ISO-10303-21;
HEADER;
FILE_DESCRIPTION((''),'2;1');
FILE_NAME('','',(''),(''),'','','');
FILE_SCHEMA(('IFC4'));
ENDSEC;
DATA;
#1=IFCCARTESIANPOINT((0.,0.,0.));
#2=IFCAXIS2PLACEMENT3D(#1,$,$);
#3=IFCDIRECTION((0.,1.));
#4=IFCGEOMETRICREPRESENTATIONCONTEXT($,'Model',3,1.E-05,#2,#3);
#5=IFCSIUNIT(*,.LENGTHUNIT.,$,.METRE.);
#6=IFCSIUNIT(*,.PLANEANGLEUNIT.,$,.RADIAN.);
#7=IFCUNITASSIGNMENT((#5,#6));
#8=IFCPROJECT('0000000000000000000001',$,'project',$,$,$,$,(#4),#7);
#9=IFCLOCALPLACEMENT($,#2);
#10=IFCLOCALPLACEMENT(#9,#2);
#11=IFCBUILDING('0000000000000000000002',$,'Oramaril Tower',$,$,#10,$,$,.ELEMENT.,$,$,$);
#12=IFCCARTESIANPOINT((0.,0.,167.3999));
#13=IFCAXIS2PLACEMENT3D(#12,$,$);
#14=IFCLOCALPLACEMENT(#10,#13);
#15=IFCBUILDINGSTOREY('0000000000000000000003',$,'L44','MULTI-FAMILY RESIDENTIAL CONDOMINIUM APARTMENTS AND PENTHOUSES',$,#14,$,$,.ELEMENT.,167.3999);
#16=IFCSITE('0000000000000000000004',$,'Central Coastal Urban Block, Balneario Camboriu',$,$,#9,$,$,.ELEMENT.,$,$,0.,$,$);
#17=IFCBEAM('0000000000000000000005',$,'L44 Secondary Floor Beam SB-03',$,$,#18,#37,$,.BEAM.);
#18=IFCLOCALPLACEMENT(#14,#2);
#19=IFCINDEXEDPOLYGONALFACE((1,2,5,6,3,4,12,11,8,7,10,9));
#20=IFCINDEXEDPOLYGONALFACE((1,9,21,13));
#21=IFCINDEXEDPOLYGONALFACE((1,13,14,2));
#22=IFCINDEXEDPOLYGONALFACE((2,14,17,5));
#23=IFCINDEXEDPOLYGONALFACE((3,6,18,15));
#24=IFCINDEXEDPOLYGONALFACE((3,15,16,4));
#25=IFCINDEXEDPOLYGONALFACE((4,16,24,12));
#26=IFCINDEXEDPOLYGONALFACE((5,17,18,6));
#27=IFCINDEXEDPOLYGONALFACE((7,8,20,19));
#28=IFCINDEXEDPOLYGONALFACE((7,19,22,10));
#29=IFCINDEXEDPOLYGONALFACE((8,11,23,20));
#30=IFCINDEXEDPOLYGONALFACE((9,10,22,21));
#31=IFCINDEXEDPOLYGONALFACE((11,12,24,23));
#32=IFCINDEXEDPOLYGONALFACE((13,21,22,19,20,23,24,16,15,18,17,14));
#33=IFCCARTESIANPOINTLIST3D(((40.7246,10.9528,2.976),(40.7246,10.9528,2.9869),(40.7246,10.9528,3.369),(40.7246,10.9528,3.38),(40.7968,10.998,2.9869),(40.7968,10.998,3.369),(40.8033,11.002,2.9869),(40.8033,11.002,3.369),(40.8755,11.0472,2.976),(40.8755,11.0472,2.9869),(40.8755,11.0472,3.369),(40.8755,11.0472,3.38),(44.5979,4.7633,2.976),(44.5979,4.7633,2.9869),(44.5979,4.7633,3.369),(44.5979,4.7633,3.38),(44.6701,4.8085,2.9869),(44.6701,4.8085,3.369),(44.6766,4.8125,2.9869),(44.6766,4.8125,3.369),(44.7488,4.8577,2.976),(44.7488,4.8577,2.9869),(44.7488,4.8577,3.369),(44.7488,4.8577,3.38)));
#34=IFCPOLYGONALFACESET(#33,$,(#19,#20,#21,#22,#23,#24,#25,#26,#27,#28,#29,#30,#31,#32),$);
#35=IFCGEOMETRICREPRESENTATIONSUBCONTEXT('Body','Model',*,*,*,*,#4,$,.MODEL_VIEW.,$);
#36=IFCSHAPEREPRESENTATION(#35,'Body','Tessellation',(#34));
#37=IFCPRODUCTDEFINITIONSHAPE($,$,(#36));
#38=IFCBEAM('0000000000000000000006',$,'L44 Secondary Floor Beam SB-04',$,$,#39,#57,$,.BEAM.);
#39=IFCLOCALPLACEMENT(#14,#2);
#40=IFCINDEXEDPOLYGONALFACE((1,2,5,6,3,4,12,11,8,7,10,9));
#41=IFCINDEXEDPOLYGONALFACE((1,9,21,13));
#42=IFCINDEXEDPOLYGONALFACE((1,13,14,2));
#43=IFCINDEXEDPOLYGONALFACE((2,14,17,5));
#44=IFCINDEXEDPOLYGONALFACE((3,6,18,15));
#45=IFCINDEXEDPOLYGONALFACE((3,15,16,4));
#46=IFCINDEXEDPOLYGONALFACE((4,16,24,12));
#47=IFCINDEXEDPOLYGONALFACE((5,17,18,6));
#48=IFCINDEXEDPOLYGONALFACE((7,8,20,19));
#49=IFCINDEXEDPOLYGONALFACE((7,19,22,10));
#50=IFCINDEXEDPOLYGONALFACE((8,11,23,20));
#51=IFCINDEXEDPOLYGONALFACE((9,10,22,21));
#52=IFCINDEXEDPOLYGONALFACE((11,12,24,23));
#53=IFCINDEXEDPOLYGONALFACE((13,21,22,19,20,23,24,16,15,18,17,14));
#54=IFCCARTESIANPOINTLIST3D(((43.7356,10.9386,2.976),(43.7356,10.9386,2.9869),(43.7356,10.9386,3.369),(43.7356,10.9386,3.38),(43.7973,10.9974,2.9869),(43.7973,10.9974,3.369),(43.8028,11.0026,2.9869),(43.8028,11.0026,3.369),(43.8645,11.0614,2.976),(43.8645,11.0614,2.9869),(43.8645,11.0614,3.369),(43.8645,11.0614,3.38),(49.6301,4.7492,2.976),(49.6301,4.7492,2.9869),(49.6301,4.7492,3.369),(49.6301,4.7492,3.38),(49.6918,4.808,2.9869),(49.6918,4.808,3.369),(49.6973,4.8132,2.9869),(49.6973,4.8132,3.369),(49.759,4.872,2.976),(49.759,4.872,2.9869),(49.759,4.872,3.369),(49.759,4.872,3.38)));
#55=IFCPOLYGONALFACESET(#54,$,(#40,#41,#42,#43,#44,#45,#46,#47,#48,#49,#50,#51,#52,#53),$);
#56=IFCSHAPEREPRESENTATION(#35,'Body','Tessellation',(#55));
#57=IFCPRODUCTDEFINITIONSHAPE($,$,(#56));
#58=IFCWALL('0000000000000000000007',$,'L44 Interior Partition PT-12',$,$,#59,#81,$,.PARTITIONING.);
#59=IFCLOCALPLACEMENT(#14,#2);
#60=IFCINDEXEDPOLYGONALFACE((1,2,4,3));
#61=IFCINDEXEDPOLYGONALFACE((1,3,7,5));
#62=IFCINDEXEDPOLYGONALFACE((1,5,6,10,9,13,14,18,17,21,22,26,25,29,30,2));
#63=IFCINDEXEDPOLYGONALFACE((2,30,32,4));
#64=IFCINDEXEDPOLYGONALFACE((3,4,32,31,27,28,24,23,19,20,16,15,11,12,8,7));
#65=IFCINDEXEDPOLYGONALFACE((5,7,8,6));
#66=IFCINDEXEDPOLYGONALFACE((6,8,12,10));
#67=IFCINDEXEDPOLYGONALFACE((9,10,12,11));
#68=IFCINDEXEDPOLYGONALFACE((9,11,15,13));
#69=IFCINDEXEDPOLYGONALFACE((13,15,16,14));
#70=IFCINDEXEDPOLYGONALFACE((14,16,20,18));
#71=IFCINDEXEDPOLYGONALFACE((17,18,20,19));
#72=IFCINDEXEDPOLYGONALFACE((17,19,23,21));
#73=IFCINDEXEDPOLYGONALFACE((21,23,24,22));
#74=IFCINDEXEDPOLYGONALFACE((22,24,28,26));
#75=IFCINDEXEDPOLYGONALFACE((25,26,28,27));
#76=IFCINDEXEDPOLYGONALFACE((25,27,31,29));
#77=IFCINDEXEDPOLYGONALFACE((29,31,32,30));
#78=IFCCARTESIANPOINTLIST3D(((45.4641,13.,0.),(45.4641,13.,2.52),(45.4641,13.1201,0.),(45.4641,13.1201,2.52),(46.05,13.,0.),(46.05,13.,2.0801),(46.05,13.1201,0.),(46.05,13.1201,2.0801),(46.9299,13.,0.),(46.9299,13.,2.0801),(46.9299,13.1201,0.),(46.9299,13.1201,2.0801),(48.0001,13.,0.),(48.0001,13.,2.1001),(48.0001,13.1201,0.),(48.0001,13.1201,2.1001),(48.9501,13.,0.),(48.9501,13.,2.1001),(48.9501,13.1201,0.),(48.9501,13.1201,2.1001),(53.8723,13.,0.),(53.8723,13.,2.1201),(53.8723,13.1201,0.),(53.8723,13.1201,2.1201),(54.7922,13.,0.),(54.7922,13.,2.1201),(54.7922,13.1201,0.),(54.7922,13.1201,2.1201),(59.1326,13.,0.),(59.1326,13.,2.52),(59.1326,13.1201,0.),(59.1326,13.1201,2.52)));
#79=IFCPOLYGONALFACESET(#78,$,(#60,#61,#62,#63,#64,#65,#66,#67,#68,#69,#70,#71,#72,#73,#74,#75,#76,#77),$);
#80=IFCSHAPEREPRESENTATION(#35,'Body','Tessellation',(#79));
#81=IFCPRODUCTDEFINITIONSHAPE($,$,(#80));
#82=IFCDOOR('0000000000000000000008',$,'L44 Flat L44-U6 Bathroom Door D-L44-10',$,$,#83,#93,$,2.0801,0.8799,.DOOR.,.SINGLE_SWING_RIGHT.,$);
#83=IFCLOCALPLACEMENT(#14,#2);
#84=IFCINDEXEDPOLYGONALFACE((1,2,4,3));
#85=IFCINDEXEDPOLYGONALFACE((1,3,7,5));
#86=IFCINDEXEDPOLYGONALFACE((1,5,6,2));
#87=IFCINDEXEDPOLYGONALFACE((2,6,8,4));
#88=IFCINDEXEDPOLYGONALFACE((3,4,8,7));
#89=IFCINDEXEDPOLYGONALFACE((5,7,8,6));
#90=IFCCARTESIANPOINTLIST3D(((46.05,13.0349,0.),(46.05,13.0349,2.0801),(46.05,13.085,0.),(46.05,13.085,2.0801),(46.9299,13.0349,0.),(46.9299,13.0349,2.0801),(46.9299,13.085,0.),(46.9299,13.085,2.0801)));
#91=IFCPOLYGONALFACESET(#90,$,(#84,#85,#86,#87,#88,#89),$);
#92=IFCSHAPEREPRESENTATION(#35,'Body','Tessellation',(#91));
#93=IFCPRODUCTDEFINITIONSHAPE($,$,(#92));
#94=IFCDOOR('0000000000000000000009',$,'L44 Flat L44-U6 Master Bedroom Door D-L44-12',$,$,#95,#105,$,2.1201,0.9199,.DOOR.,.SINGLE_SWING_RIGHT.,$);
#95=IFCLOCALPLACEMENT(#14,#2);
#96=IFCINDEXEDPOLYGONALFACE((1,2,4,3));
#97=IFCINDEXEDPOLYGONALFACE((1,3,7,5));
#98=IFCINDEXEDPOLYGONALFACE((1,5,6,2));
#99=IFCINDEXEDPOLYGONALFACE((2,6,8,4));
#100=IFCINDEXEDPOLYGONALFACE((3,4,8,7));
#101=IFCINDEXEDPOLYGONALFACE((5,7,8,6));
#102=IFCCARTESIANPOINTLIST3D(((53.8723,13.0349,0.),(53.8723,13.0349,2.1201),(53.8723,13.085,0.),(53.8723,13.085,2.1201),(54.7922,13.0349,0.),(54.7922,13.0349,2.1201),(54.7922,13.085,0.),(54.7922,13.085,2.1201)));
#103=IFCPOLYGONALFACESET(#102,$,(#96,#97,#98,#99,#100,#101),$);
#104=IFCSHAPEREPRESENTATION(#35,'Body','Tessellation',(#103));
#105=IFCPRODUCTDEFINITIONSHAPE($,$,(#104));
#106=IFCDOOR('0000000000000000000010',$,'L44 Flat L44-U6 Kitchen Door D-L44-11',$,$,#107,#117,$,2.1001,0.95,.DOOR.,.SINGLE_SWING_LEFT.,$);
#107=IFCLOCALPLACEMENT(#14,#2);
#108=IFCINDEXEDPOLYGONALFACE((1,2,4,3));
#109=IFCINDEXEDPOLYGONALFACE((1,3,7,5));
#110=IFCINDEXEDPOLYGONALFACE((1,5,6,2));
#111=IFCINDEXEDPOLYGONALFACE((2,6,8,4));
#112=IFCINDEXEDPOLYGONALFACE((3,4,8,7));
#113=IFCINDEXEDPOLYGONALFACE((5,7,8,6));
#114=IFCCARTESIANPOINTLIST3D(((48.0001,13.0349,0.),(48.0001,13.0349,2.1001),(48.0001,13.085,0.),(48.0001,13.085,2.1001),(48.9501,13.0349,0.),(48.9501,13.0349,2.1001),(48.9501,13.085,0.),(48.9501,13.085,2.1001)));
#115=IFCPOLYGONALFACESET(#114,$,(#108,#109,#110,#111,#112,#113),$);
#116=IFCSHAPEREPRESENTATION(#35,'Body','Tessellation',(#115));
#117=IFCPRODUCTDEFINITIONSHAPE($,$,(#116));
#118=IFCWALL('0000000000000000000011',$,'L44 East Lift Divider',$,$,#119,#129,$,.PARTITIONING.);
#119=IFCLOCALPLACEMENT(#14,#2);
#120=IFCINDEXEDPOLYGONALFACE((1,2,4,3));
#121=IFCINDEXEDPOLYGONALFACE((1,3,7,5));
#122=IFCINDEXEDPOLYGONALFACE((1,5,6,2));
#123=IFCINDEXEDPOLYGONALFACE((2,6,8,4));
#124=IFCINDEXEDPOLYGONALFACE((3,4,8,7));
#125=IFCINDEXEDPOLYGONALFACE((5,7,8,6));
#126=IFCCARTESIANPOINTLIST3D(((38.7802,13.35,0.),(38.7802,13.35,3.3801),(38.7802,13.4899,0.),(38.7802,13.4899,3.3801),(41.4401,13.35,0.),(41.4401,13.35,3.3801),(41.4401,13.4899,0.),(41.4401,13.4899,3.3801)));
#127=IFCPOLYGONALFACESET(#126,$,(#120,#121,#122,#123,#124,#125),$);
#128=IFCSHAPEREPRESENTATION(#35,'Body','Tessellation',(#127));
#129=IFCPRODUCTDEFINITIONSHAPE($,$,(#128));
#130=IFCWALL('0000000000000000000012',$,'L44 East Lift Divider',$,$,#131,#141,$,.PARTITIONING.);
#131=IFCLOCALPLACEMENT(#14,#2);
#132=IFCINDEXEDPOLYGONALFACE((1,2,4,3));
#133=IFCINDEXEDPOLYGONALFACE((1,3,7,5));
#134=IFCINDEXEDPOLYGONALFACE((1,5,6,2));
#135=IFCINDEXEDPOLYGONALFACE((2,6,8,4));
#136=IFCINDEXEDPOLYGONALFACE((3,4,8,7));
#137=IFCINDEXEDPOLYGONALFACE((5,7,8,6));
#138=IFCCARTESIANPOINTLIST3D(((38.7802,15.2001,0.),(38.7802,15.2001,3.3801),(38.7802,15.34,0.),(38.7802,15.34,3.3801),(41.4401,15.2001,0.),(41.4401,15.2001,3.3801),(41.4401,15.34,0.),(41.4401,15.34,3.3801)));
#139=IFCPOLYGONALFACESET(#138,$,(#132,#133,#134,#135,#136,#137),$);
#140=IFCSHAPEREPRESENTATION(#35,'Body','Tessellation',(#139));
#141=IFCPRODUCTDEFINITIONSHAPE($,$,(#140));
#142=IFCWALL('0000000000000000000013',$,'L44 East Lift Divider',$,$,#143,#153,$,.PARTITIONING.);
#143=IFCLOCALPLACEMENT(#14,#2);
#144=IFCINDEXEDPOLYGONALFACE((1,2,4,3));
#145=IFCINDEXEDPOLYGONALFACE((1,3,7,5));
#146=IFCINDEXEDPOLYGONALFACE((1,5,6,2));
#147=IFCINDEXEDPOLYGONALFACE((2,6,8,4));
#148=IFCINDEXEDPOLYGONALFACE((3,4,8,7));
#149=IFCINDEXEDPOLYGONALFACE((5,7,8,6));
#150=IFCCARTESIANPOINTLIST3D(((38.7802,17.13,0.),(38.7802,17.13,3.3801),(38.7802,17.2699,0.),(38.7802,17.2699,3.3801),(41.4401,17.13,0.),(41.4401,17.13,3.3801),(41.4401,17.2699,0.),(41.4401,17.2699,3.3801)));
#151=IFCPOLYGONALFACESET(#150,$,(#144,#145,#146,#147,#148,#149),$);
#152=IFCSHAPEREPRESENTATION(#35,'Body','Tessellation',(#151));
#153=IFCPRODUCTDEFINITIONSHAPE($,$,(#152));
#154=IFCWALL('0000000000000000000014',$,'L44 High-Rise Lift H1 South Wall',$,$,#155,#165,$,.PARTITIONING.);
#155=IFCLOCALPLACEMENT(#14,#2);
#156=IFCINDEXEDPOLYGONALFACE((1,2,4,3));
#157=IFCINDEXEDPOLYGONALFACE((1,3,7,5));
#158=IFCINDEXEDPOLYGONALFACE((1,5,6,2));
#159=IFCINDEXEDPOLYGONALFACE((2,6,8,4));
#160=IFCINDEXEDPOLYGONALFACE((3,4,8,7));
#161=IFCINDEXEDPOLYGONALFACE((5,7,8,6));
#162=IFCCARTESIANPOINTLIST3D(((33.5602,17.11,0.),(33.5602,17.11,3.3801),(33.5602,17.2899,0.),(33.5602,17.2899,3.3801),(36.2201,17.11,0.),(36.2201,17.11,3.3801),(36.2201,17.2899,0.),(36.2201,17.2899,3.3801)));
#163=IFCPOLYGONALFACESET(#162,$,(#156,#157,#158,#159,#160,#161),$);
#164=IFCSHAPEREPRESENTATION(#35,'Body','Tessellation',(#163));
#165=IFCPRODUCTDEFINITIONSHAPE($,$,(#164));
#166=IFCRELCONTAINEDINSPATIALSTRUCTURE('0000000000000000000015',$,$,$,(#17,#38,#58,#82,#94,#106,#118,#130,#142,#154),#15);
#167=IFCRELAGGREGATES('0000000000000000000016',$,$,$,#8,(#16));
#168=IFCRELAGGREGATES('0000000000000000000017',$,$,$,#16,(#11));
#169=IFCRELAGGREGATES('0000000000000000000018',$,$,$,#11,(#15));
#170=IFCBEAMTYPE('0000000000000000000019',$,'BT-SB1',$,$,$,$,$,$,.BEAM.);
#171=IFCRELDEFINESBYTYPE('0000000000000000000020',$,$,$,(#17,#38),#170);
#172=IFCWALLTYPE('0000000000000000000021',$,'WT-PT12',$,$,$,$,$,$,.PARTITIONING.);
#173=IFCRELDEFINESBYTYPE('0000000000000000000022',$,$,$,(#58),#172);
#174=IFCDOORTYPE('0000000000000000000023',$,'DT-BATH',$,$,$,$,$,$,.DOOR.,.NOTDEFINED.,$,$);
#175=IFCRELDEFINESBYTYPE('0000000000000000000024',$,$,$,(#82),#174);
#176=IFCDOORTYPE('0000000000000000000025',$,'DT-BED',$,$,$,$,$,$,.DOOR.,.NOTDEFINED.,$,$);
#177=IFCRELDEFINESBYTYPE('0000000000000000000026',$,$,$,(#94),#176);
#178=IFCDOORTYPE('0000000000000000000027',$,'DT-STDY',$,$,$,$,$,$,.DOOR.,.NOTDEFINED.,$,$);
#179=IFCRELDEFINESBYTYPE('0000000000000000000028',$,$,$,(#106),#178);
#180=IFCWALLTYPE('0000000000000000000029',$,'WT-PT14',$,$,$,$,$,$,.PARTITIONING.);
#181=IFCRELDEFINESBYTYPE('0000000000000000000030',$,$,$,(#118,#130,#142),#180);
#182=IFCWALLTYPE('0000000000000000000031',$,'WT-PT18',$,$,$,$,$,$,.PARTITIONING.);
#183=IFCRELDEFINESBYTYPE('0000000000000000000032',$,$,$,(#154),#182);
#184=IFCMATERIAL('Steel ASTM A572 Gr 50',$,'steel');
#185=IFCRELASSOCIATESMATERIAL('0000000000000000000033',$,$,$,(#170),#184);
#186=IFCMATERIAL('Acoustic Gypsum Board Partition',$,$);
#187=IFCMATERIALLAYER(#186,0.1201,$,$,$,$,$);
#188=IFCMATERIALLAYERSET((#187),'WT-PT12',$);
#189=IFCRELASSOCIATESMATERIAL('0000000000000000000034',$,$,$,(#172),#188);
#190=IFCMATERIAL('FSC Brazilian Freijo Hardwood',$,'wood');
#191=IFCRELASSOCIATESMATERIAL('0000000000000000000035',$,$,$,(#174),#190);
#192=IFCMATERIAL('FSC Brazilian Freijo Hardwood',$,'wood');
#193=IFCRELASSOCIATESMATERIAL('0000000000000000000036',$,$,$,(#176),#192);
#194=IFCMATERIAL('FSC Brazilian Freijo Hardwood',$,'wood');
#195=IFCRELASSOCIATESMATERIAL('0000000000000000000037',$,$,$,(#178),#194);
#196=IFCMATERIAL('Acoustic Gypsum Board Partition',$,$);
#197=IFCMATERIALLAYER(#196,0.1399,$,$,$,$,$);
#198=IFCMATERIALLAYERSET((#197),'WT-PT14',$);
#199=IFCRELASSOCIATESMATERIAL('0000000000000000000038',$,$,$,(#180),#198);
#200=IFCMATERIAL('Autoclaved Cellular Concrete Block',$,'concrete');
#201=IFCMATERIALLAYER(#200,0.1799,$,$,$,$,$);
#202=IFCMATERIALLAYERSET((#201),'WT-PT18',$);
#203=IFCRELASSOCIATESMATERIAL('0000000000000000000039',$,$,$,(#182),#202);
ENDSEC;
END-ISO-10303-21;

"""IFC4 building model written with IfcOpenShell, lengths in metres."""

from ifc_helpers import new_model, si_unit, direction, frame, frame_2d, origin, origin_2d, place, context, subcontext, project, spatial, rectangle, i_section, extrude, material, layer, layer_set, material_profile, profile_set, type_object, element, fill, save


model = new_model("IFC4")

# Units and contexts
model_context = context("Model", 3, precision=1e-05, world=origin(), true_north=direction((0.0, 1.0)))
body_context = subcontext(model_context, "Body", "Model", "MODEL_VIEW")
ifc_project = project(units=[si_unit("LENGTHUNIT", "METRE"), si_unit("PLANEANGLEUNIT", "RADIAN")], contexts=[model_context])

# Site, building, storey
site_placement = place(None, origin())
site = spatial("IfcSite", under=ifc_project, at=site_placement, Name="Central Coastal Urban Block, Balneario Camboriu", CompositionType="ELEMENT", RefElevation=0.0)
building_placement = place(site_placement, origin())
building = spatial("IfcBuilding", under=site, at=building_placement, Name="Oramaril Tower", CompositionType="ELEMENT")
storey_placement = place(building_placement, frame((0.0, 0.0, 167.3999)))
storey = spatial("IfcBuildingStorey", under=building, at=storey_placement, Name="L44", Description="MULTI-FAMILY RESIDENTIAL CONDOMINIUM APARTMENTS AND PENTHOUSES", CompositionType="ELEMENT", Elevation=167.3999)

# Beams
ifc_material_1 = material(Name="Steel ASTM A572 Gr 50", Category="steel")
ifc_material_profile = material_profile(ifc_material_1, i_section(OverallWidth=0.178, OverallDepth=0.4041, WebThickness=0.0076, FlangeThickness=0.011, at=origin_2d()), Name="W16X36")
ifc_profile_set = profile_set([ifc_material_profile], Name="Steel ASTM A572 Gr 50")
beam_type = type_object("IfcBeamType", Name="BT-SB1", PredefinedType="BEAM", material=ifc_profile_set)
beam_1_placement = place(storey_placement, frame((40.8, 11.0, 3.178), z_axis=(0.53048, -0.847698, 0.0), x_axis=(0.847698, 0.53048, 0.0)))
element("IfcBeam", 1, at=beam_1_placement, inside=storey, type_object=beam_type, Name="L44 Secondary Floor Beam SB-03", PredefinedType="BEAM", context=body_context, shape_type="SweptSolid", body=[
    extrude(i_section(OverallWidth=0.178, OverallDepth=0.4041, WebThickness=0.0076, FlangeThickness=0.011, at=origin_2d()), origin(), (0.0, 0.0, 1.0), 7.3015),
])
beam_2_placement = place(storey_placement, frame((43.8, 11.0, 3.178), z_axis=(0.689644, -0.724149, 0.0), x_axis=(0.724149, 0.689644, 0.0)))
element("IfcBeam", 2, at=beam_2_placement, inside=storey, type_object=beam_type, Name="L44 Secondary Floor Beam SB-04", PredefinedType="BEAM", context=body_context, shape_type="SweptSolid", body=[
    extrude(i_section(OverallWidth=0.178, OverallDepth=0.4041, WebThickness=0.0076, FlangeThickness=0.011, at=origin_2d()), origin(), (0.0, 0.0, 1.0), 8.5471),
])

# Wall, openings, doors
ifc_material_2 = material(Name="Acoustic Gypsum Board Partition")
ifc_layer_1 = layer(ifc_material_2, 0.1201)
ifc_layer_set_1 = layer_set([ifc_layer_1], Name="WT-PT12")
wall_type_1 = type_object("IfcWallType", Name="WT-PT12", PredefinedType="PARTITIONING", material=ifc_layer_set_1)
wall_1_placement = place(storey_placement, frame((45.4641, 13.0601, 0.0), z_axis=(0.0, 0.0, 1.0), x_axis=(1.0, 0.0, 0.0)))
wall_1 = element("IfcWall", 3, at=wall_1_placement, inside=storey, type_object=wall_type_1, Name="L44 Interior Partition PT-12", PredefinedType="PARTITIONING", context=body_context, shape_type="SweptSolid", body=[
    extrude(rectangle(XDim=13.6685, YDim=0.1201, at=frame_2d((6.8342, 0.0))), origin(), (0.0, 0.0, 1.0), 2.52),
])
opening_1_placement = place(wall_1_placement, frame((0.5859, 0.0, 0.0)))
opening_1 = element("IfcOpeningElement", 4, at=opening_1_placement, cuts=wall_1, PredefinedType="OPENING", context=body_context, shape_type="SweptSolid", body=[
    extrude(rectangle(XDim=0.8799, YDim=2.0801, at=frame_2d((0.4399, 1.04))), frame((0.0, 0.0601, 0.0), z_axis=(0.0, -1.0, 0.0), x_axis=(1.0, 0.0, 0.0)), (0.0, 0.0, 1.0), 0.1201),
])
opening_2_placement = place(wall_1_placement, frame((2.5359, 0.0, 0.0)))
opening_2 = element("IfcOpeningElement", 5, at=opening_2_placement, cuts=wall_1, PredefinedType="OPENING", context=body_context, shape_type="SweptSolid", body=[
    extrude(rectangle(XDim=0.95, YDim=2.1001, at=frame_2d((0.4751, 1.05))), frame((0.0, 0.0601, 0.0), z_axis=(0.0, -1.0, 0.0), x_axis=(1.0, 0.0, 0.0)), (0.0, 0.0, 1.0), 0.1201),
])
opening_3_placement = place(wall_1_placement, frame((8.4082, 0.0, 0.0)))
opening_3 = element("IfcOpeningElement", 6, at=opening_3_placement, cuts=wall_1, PredefinedType="OPENING", context=body_context, shape_type="SweptSolid", body=[
    extrude(rectangle(XDim=0.9199, YDim=2.1201, at=frame_2d((0.46, 1.0601))), frame((0.0, 0.0601, 0.0), z_axis=(0.0, -1.0, 0.0), x_axis=(1.0, 0.0, 0.0)), (0.0, 0.0, 1.0), 0.1201),
])
ifc_material_3 = material(Name="FSC Brazilian Freijo Hardwood", Category="wood")
door_type_1 = type_object("IfcDoorType", Name="DT-BATH", OperationType="NOTDEFINED", PredefinedType="DOOR", material=ifc_material_3)
door_1_placement = place(opening_1_placement, origin())
door_1 = element("IfcDoor", 7, at=door_1_placement, inside=storey, type_object=door_type_1, Name="L44 Flat L44-U6 Bathroom Door D-L44-10", OperationType="SINGLE_SWING_RIGHT", OverallHeight=2.0801, OverallWidth=0.8799, PredefinedType="DOOR", context=body_context, shape_type="SweptSolid", body=[
    extrude(rectangle(XDim=0.8799, YDim=2.0801, at=frame_2d((0.4399, 1.04))), frame((0.0, 0.0249, 0.0), z_axis=(0.0, -1.0, 0.0), x_axis=(1.0, 0.0, 0.0)), (0.0, 0.0, 1.0), 0.05),
])
fill(opening_1, door_1)
ifc_material_4 = material(Name="FSC Brazilian Freijo Hardwood", Category="wood")
door_type_2 = type_object("IfcDoorType", Name="DT-BED", OperationType="NOTDEFINED", PredefinedType="DOOR", material=ifc_material_4)
door_2_placement = place(opening_3_placement, origin())
door_2 = element("IfcDoor", 8, at=door_2_placement, inside=storey, type_object=door_type_2, Name="L44 Flat L44-U6 Master Bedroom Door D-L44-12", OperationType="SINGLE_SWING_RIGHT", OverallHeight=2.1201, OverallWidth=0.9199, PredefinedType="DOOR", context=body_context, shape_type="SweptSolid", body=[
    extrude(rectangle(XDim=0.9199, YDim=2.1201, at=frame_2d((0.46, 1.0601))), frame((0.0, 0.0249, 0.0), z_axis=(0.0, -1.0, 0.0), x_axis=(1.0, 0.0, 0.0)), (0.0, 0.0, 1.0), 0.05),
])
fill(opening_3, door_2)
ifc_material_5 = material(Name="FSC Brazilian Freijo Hardwood", Category="wood")
door_type_3 = type_object("IfcDoorType", Name="DT-STDY", OperationType="NOTDEFINED", PredefinedType="DOOR", material=ifc_material_5)
door_3_placement = place(opening_2_placement, origin())
door_3 = element("IfcDoor", 9, at=door_3_placement, inside=storey, type_object=door_type_3, Name="L44 Flat L44-U6 Kitchen Door D-L44-11", OperationType="SINGLE_SWING_LEFT", OverallHeight=2.1001, OverallWidth=0.95, PredefinedType="DOOR", context=body_context, shape_type="SweptSolid", body=[
    extrude(rectangle(XDim=0.95, YDim=2.1001, at=frame_2d((0.4751, 1.05))), frame((0.0, 0.0249, 0.0), z_axis=(0.0, -1.0, 0.0), x_axis=(1.0, 0.0, 0.0)), (0.0, 0.0, 1.0), 0.05),
])
fill(opening_2, door_3)

# Walls
ifc_material_6 = material(Name="Acoustic Gypsum Board Partition")
ifc_layer_2 = layer(ifc_material_6, 0.1399)
ifc_layer_set_2 = layer_set([ifc_layer_2], Name="WT-PT14")
wall_type_2 = type_object("IfcWallType", Name="WT-PT14", PredefinedType="PARTITIONING", material=ifc_layer_set_2)
for number, where, z_axis, x_axis, name in (
    (10, (38.78, 13.4199, 0.0), (0.0, 0.0, 1.0), (1.0, 0.0, 0.0), "L44 East Lift Divider"),
    (11, (38.78, 15.27, 0.0), (0.0, 0.0, 1.0), (1.0, 0.0, 0.0), "L44 East Lift Divider"),
    (12, (38.78, 17.2, 0.0), (0.0, 0.0, 1.0), (1.0, 0.0, 0.0), "L44 East Lift Divider"),
):
    element("IfcWall", number, at=place(storey_placement, frame(where, z_axis=z_axis, x_axis=x_axis)), inside=storey, type_object=wall_type_2, Name=name, PredefinedType="PARTITIONING", context=body_context, shape_type="SweptSolid", body=[
        extrude(rectangle(XDim=2.6599, YDim=0.1399, at=frame_2d((1.3301, 0.0))), origin(), (0.0, 0.0, 1.0), 3.3801),
    ])
ifc_material_7 = material(Name="Autoclaved Cellular Concrete Block", Category="concrete")
ifc_layer_3 = layer(ifc_material_7, 0.1799)
ifc_layer_set_3 = layer_set([ifc_layer_3], Name="WT-PT18")
wall_type_3 = type_object("IfcWallType", Name="WT-PT18", PredefinedType="PARTITIONING", material=ifc_layer_set_3)
wall_2_placement = place(storey_placement, frame((33.5601, 17.2, 0.0), z_axis=(0.0, 0.0, 1.0), x_axis=(1.0, 0.0, 0.0)))
element("IfcWall", 13, at=wall_2_placement, inside=storey, type_object=wall_type_3, Name="L44 High-Rise Lift H1 South Wall", PredefinedType="PARTITIONING", context=body_context, shape_type="SweptSolid", body=[
    extrude(rectangle(XDim=2.6599, YDim=0.1799, at=frame_2d((1.3301, 0.0))), origin(), (0.0, 0.0, 1.0), 3.3801),
])

save(model, "model.ifc")
